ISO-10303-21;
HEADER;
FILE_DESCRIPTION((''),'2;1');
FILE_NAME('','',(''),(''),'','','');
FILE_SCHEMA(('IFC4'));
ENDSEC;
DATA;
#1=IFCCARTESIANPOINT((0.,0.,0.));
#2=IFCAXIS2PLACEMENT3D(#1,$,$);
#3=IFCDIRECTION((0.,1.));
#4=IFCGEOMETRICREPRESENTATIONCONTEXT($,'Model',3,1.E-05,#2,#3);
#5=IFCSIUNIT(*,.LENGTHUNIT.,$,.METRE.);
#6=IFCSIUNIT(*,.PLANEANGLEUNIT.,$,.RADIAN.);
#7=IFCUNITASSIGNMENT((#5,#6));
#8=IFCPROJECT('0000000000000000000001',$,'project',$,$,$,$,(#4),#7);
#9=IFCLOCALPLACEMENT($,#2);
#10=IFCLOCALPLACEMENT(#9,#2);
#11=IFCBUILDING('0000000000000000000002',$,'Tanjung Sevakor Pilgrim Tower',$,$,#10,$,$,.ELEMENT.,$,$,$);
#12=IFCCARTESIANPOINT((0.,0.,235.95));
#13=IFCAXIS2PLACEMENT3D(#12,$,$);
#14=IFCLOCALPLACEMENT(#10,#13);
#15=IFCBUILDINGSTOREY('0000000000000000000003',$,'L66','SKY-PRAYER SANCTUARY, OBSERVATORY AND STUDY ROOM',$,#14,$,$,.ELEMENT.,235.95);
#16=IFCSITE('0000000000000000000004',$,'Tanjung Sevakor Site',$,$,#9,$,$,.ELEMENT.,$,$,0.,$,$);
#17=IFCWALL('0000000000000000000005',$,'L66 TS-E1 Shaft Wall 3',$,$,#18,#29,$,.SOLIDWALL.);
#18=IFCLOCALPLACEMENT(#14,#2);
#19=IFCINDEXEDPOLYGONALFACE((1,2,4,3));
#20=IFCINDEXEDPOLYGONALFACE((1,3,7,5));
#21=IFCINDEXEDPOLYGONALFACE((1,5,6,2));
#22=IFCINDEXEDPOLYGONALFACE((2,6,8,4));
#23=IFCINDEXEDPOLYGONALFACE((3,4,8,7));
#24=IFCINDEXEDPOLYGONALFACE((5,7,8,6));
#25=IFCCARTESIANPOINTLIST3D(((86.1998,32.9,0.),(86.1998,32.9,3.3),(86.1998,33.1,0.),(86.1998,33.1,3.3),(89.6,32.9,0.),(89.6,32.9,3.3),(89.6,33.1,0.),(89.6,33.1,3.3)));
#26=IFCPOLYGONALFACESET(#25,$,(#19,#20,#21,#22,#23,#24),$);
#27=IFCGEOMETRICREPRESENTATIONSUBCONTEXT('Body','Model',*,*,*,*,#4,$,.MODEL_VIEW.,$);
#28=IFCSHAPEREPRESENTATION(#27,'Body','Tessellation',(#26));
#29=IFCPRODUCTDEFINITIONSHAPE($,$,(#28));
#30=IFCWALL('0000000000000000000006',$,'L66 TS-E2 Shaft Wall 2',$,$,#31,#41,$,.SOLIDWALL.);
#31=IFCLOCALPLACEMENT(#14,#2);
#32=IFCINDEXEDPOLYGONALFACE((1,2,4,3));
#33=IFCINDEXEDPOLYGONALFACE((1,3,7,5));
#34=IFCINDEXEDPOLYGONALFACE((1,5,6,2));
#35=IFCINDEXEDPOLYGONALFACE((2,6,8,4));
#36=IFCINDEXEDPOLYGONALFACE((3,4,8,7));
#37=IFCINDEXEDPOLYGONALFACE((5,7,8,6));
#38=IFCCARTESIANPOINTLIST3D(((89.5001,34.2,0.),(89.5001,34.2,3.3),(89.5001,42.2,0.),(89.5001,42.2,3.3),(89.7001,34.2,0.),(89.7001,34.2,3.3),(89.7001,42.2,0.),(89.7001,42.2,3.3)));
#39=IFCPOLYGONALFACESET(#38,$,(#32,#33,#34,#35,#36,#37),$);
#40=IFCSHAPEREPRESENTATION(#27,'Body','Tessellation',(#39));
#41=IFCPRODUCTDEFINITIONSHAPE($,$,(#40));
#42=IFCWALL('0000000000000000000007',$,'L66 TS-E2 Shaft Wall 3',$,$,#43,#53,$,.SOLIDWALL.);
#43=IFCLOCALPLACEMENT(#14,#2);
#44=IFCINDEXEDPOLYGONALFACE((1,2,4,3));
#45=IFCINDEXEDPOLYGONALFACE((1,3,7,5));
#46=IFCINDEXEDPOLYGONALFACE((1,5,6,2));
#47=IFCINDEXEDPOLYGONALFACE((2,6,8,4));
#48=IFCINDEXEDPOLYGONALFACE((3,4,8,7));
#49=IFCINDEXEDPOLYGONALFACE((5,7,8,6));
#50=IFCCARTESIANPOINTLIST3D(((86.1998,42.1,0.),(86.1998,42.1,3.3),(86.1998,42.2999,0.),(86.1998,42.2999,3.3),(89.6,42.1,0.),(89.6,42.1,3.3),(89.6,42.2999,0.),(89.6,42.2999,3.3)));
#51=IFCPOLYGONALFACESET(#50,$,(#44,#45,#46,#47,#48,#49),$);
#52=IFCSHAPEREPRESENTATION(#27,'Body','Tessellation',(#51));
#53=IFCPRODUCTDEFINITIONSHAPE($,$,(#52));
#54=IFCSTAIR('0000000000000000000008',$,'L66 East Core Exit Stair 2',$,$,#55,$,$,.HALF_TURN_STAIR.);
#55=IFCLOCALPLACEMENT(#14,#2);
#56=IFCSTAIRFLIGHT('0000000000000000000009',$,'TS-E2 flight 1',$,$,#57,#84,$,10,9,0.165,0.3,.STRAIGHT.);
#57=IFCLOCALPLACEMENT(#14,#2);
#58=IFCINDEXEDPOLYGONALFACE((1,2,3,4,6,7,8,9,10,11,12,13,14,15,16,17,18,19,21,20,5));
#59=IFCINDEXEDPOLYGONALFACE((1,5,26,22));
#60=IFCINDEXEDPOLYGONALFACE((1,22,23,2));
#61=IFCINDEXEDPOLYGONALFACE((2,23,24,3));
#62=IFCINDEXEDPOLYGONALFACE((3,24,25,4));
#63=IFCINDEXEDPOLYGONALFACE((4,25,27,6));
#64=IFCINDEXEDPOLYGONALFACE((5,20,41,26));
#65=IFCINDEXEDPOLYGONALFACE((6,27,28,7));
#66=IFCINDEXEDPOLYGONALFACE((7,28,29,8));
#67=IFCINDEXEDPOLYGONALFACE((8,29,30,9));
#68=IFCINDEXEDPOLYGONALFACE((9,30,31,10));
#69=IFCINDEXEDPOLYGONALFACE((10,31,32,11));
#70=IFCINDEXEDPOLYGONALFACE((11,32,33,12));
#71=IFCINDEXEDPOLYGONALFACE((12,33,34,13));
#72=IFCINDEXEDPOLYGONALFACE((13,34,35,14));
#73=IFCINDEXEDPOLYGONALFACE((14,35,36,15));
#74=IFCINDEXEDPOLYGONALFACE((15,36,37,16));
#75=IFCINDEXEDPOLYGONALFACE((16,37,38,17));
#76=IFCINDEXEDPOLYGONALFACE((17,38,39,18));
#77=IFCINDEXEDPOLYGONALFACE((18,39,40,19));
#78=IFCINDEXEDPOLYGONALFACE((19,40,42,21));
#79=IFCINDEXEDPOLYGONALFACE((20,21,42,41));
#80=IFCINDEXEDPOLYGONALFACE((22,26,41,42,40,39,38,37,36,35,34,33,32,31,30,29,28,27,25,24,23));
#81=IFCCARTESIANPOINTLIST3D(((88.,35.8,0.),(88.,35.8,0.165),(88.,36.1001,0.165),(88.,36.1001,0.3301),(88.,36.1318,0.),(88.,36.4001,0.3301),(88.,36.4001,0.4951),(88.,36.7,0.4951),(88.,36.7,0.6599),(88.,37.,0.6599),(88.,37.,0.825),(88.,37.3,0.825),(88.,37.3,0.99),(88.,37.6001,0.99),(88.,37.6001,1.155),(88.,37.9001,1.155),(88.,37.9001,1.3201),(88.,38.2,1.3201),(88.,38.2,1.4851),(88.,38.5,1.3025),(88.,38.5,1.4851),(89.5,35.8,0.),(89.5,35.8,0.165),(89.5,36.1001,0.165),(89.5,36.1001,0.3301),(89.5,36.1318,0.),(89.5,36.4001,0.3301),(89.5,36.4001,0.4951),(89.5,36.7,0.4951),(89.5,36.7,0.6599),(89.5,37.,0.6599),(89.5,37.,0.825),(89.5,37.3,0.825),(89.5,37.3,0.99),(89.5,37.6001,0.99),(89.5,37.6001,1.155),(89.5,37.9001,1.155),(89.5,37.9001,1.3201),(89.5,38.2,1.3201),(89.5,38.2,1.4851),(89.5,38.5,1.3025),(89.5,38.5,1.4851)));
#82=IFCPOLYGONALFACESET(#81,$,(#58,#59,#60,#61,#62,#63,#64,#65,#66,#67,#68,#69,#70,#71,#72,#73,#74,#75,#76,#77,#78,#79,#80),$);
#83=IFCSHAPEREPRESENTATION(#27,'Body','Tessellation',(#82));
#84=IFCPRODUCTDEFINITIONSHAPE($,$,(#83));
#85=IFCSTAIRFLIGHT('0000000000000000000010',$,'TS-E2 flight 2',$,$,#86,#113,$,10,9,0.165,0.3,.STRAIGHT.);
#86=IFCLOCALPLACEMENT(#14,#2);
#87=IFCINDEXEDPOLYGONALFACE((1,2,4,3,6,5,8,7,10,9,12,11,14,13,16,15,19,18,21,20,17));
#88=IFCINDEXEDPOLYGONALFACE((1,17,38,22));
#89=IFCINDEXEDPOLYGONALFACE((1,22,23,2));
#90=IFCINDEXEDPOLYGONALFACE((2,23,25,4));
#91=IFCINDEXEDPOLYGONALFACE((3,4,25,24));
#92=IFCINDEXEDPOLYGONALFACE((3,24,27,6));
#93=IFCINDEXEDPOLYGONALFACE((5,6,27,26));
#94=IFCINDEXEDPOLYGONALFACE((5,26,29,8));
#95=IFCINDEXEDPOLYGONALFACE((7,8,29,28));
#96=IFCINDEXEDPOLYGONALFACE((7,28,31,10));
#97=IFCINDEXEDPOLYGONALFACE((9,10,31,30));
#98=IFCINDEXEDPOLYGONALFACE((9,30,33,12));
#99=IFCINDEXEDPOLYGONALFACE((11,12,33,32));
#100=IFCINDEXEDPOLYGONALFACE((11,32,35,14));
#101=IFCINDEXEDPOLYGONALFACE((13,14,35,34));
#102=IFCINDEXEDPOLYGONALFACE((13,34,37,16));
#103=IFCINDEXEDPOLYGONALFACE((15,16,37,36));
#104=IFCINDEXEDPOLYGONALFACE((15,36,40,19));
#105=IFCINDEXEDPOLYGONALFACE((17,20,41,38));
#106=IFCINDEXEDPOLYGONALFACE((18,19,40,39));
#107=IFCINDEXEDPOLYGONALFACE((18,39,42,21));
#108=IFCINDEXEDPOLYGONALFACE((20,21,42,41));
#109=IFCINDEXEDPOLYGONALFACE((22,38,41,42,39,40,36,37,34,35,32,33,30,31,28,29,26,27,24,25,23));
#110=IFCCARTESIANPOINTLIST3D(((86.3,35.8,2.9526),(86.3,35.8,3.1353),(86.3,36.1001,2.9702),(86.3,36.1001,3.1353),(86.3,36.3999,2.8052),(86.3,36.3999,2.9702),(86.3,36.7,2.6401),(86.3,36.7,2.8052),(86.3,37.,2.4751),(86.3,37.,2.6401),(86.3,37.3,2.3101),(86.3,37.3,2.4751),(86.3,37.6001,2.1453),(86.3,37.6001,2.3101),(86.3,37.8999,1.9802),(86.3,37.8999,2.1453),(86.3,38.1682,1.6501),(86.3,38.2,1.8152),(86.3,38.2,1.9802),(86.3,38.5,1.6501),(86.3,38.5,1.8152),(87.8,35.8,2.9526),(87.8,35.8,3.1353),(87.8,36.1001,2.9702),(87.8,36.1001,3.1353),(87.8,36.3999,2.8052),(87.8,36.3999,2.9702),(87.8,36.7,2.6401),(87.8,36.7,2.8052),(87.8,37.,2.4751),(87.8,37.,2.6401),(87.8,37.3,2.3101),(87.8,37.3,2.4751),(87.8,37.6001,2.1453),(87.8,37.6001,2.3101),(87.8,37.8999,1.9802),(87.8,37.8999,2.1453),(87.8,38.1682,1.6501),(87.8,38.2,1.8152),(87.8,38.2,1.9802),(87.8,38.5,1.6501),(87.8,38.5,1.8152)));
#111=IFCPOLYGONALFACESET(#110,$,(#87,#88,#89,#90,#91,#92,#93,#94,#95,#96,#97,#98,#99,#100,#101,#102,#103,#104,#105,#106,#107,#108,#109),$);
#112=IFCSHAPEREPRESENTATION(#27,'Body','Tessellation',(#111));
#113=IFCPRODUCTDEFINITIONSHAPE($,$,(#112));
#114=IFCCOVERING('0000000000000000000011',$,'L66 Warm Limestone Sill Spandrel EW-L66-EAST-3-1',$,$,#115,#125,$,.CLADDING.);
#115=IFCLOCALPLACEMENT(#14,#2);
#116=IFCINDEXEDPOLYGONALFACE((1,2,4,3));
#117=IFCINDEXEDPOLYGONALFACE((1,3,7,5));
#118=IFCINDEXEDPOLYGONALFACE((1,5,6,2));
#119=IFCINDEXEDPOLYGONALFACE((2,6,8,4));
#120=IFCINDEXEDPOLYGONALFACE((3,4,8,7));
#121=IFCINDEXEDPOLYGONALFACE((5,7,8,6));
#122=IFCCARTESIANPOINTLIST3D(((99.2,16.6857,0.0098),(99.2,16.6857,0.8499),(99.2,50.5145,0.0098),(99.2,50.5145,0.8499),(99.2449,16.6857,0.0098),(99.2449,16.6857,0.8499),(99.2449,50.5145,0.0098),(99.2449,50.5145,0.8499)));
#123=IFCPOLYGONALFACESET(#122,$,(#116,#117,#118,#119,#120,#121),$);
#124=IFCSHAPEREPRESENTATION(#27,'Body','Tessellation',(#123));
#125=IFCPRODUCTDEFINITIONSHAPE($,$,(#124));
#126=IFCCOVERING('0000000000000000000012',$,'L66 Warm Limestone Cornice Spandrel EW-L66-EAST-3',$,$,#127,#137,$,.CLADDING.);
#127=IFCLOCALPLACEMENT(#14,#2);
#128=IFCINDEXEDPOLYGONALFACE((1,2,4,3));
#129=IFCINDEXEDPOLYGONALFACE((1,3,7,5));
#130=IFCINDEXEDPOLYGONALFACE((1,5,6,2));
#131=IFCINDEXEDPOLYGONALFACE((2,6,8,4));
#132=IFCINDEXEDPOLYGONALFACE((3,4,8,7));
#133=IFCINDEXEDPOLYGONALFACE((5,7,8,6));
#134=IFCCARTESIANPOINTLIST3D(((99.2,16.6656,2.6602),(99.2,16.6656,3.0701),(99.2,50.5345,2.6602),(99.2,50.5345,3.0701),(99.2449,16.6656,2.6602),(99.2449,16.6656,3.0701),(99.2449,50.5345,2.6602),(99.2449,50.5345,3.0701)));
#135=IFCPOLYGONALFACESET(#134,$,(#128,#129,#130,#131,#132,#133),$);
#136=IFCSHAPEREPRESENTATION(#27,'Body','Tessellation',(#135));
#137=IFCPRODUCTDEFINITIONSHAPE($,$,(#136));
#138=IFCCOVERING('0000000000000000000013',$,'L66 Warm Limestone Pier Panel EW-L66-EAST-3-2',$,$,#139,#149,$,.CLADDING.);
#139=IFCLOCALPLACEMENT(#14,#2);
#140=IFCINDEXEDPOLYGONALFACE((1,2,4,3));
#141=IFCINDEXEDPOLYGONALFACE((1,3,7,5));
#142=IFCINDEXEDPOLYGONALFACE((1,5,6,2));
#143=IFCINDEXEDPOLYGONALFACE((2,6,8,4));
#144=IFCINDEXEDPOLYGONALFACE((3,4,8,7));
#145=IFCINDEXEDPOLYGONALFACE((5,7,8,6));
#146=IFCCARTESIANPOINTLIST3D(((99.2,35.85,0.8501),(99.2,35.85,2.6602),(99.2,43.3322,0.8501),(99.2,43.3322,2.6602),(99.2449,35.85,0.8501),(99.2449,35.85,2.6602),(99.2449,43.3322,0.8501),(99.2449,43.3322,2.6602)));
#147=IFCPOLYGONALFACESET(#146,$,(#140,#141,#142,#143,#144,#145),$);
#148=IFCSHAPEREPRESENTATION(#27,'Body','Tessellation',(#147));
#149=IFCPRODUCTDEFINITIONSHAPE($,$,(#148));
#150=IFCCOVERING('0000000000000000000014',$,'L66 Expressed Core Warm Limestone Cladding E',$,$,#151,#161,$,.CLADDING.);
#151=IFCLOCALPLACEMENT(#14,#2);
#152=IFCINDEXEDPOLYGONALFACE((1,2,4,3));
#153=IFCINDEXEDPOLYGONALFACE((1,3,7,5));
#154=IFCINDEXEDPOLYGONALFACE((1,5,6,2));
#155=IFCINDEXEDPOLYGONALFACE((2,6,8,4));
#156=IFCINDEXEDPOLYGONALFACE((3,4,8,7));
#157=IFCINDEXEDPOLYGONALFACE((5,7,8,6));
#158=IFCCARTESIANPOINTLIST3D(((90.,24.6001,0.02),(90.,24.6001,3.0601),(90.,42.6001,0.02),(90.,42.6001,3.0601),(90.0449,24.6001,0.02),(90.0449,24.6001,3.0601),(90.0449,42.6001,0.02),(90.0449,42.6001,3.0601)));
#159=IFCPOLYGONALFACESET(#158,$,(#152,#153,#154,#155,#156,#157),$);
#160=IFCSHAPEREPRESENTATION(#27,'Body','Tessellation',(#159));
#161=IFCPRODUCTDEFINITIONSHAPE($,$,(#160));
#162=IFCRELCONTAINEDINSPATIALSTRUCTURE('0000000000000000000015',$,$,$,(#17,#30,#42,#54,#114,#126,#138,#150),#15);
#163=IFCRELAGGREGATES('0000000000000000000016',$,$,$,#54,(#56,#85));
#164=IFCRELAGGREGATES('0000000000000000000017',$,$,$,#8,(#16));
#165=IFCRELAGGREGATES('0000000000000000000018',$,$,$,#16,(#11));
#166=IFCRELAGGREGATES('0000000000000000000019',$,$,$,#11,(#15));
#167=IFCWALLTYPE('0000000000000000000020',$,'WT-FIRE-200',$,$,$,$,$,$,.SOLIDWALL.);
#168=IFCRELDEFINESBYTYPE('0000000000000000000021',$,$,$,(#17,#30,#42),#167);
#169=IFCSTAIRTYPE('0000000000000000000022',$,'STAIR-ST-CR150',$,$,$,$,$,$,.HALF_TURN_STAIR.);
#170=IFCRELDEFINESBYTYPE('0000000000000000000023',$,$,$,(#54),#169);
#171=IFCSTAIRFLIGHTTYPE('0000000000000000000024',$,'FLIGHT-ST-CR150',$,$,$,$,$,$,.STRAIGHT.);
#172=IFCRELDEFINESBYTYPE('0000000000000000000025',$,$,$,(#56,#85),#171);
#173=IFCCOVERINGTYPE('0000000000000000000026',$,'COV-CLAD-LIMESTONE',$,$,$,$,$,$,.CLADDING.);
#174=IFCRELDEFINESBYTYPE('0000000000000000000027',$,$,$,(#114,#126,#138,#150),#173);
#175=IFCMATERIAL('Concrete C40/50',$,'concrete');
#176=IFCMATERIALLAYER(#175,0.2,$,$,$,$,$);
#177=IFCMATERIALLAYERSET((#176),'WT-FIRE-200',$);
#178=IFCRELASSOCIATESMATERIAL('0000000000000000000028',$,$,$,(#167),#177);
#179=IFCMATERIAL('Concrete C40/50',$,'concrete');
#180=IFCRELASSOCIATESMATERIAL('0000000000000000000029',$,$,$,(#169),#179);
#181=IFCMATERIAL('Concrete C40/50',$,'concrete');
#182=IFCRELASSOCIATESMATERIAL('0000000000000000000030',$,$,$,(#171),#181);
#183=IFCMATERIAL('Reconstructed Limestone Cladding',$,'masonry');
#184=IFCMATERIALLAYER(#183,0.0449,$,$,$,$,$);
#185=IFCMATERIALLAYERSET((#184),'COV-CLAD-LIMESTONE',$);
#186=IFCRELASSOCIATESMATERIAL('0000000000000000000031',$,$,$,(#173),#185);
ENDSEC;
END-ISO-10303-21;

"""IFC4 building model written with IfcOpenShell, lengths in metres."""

from ifc_helpers import new_model, si_unit, direction, frame, frame_2d, origin, origin_2d, place, context, subcontext, project, spatial, polyline, rectangle, outline, extrude, material, layer, layer_set, type_object, element, aggregate, save


model = new_model("IFC4")

# Units and contexts
model_context = context("Model", 3, precision=1e-05, world=origin(), true_north=direction((0.0, 1.0)))
body_context = subcontext(model_context, "Body", "Model", "MODEL_VIEW")
ifc_project = project(units=[si_unit("LENGTHUNIT", "METRE"), si_unit("PLANEANGLEUNIT", "RADIAN")], contexts=[model_context])

# Site, building, storey
site_placement = place(None, origin())
site = spatial("IfcSite", under=ifc_project, at=site_placement, Name="Tanjung Sevakor Site", CompositionType="ELEMENT", RefElevation=0.0)
building_placement = place(site_placement, origin())
building = spatial("IfcBuilding", under=site, at=building_placement, Name="Tanjung Sevakor Pilgrim Tower", CompositionType="ELEMENT")
storey_placement = place(building_placement, frame((0.0, 0.0, 235.95)))
storey = spatial("IfcBuildingStorey", under=building, at=storey_placement, Name="L66", Description="SKY-PRAYER SANCTUARY, OBSERVATORY AND STUDY ROOM", CompositionType="ELEMENT", Elevation=235.95)

# Walls
ifc_material_1 = material(Name="Concrete C40/50", Category="concrete")
ifc_layer_1 = layer(ifc_material_1, 0.2)
ifc_layer_set_1 = layer_set([ifc_layer_1], Name="WT-FIRE-200")
wall_type_1 = type_object("IfcWallType", Name="WT-FIRE-200", PredefinedType="SOLIDWALL", material=ifc_layer_set_1)
wall_1_placement = place(storey_placement, frame((89.6001, 33.0, 0.0), z_axis=(0.0, 0.0, 1.0), x_axis=(-1.0, 0.0, 0.0)))
element("IfcWall", 1, at=wall_1_placement, inside=storey, type_object=wall_type_1, Name="L66 TS-E1 Shaft Wall 3", PredefinedType="SOLIDWALL", context=body_context, shape_type="SweptSolid", body=[
    extrude(rectangle(XDim=3.4001, YDim=0.2, at=frame_2d((1.7002, 0.0))), origin(), (0.0, 0.0, 1.0), 3.3),
])
wall_2_placement = place(storey_placement, frame((89.6001, 34.2, 0.0), z_axis=(0.0, 0.0, 1.0), x_axis=(0.0, 1.0, 0.0)))
element("IfcWall", 2, at=wall_2_placement, inside=storey, type_object=wall_type_1, Name="L66 TS-E2 Shaft Wall 2", PredefinedType="SOLIDWALL", context=body_context, shape_type="SweptSolid", body=[
    extrude(rectangle(XDim=8.0, YDim=0.2, at=frame_2d((4.0, 0.0))), origin(), (0.0, 0.0, 1.0), 3.3),
])
wall_3_placement = place(storey_placement, frame((89.6001, 42.2, 0.0), z_axis=(0.0, 0.0, 1.0), x_axis=(-1.0, 0.0, 0.0)))
element("IfcWall", 3, at=wall_3_placement, inside=storey, type_object=wall_type_1, Name="L66 TS-E2 Shaft Wall 3", PredefinedType="SOLIDWALL", context=body_context, shape_type="SweptSolid", body=[
    extrude(rectangle(XDim=3.4001, YDim=0.2, at=frame_2d((1.7002, 0.0))), origin(), (0.0, 0.0, 1.0), 3.3),
])

# Stair, stair flights
ifc_material_2 = material(Name="Concrete C40/50", Category="concrete")
stair_type = type_object("IfcStairType", Name="STAIR-ST-CR150", PredefinedType="HALF_TURN_STAIR", material=ifc_material_2)
stair_placement = place(storey_placement, origin())
stair = element("IfcStair", 4, at=stair_placement, inside=storey, type_object=stair_type, Name="L66 East Core Exit Stair 2", PredefinedType="HALF_TURN_STAIR")
ifc_material_3 = material(Name="Concrete C40/50", Category="concrete")
stair_flight_type = type_object("IfcStairFlightType", Name="FLIGHT-ST-CR150", PredefinedType="STRAIGHT", material=ifc_material_3)
stair_flight_1_placement = place(storey_placement, frame((88.75, 35.8, 0.0), z_axis=(0.0, 0.0, 1.0), x_axis=(0.0, 1.0, 0.0)))
stair_flight_1 = element("IfcStairFlight", 5, at=stair_flight_1_placement, type_object=stair_flight_type, Name="TS-E2 flight 1", NumberOfRisers=10, NumberOfTreads=9, PredefinedType="STRAIGHT", RiserHeight=0.165, TreadLength=0.3, context=body_context, shape_type="SweptSolid", body=[
    extrude(outline(polyline([(0.0, 0.0), (0.0, 0.165), (0.3, 0.165), (0.3, 0.3301), (0.6001, 0.3301), (0.6001, 0.4951), (0.8999, 0.4951), (0.8999, 0.6599), (1.2, 0.6599), (1.2, 0.825), (1.5, 0.825), (1.5, 0.99), (1.8, 0.99), (1.8, 1.155), (2.1001, 1.155), (2.1001, 1.3201), (2.3999, 1.3201), (2.3999, 1.4851), (2.7, 1.4851), (2.7, 1.6499), (2.7, 1.3025), (0.3318, 0.0), (0.0, 0.0)])), frame((0.0, 0.75, 0.0), z_axis=(0.0, -1.0, 0.0), x_axis=(1.0, 0.0, 0.0)), (0.0, 0.0, 1.0), 1.5),
])
stair_flight_2_placement = place(storey_placement, frame((87.05, 38.5, 1.6501), z_axis=(0.0, 0.0, 1.0), x_axis=(0.0, -1.0, 0.0)))
stair_flight_2 = element("IfcStairFlight", 6, at=stair_flight_2_placement, type_object=stair_flight_type, Name="TS-E2 flight 2", NumberOfRisers=10, NumberOfTreads=9, PredefinedType="STRAIGHT", RiserHeight=0.165, TreadLength=0.3, context=body_context, shape_type="SweptSolid", body=[
    extrude(outline(polyline([(0.0, 0.0), (0.0, 0.165), (0.3, 0.165), (0.3, 0.3301), (0.6001, 0.3301), (0.6001, 0.4951), (0.8999, 0.4951), (0.8999, 0.6599), (1.2, 0.6599), (1.2, 0.825), (1.5, 0.825), (1.5, 0.99), (1.8, 0.99), (1.8, 1.155), (2.1001, 1.155), (2.1001, 1.3201), (2.3999, 1.3201), (2.3999, 1.4851), (2.7, 1.4851), (2.7, 1.6499), (2.7, 1.3025), (0.3318, 0.0), (0.0, 0.0)])), frame((0.0, 0.75, 0.0), z_axis=(0.0, -1.0, 0.0), x_axis=(1.0, 0.0, 0.0)), (0.0, 0.0, 1.0), 1.5),
])
aggregate(stair, [stair_flight_1, stair_flight_2])

# Coverings
ifc_material_4 = material(Name="Reconstructed Limestone Cladding", Category="masonry")
ifc_layer_2 = layer(ifc_material_4, 0.0449)
ifc_layer_set_2 = layer_set([ifc_layer_2], Name="COV-CLAD-LIMESTONE")
covering_type = type_object("IfcCoveringType", Name="COV-CLAD-LIMESTONE", PredefinedType="CLADDING", material=ifc_layer_set_2)
covering_1_placement = place(storey_placement, frame((99.2224, 33.6001, 0.0098), z_axis=(0.0, 0.0, 1.0), x_axis=(0.0, 1.0, 0.0)))
element("IfcCovering", 7, at=covering_1_placement, inside=storey, type_object=covering_type, Name="L66 Warm Limestone Sill Spandrel EW-L66-EAST-3-1", PredefinedType="CLADDING", context=body_context, shape_type="SweptSolid", body=[
    extrude(rectangle(XDim=33.8289, YDim=0.0449, at=origin_2d()), origin(), (0.0, 0.0, 1.0), 0.8401),
])
covering_2_placement = place(storey_placement, frame((99.2224, 33.6001, 2.6602), z_axis=(0.0, 0.0, 1.0), x_axis=(0.0, 1.0, 0.0)))
element("IfcCovering", 8, at=covering_2_placement, inside=storey, type_object=covering_type, Name="L66 Warm Limestone Cornice Spandrel EW-L66-EAST-3", PredefinedType="CLADDING", context=body_context, shape_type="SweptSolid", body=[
    extrude(rectangle(XDim=33.8689, YDim=0.0449, at=origin_2d()), origin(), (0.0, 0.0, 1.0), 0.4099),
])
covering_3_placement = place(storey_placement, frame((99.2224, 39.5911, 0.8501), z_axis=(0.0, 0.0, 1.0), x_axis=(0.0, 1.0, 0.0)))
element("IfcCovering", 9, at=covering_3_placement, inside=storey, type_object=covering_type, Name="L66 Warm Limestone Pier Panel EW-L66-EAST-3-2", PredefinedType="CLADDING", context=body_context, shape_type="SweptSolid", body=[
    extrude(rectangle(XDim=7.4822, YDim=0.0449, at=origin_2d()), origin(), (0.0, 0.0, 1.0), 1.8101),
])
covering_4_placement = place(storey_placement, frame((90.0225, 33.6001, 0.02), z_axis=(0.0, 0.0, 1.0), x_axis=(1.0, 0.0, 0.0)))
element("IfcCovering", 10, at=covering_4_placement, inside=storey, type_object=covering_type, Name="L66 Expressed Core Warm Limestone Cladding E", PredefinedType="CLADDING", context=body_context, shape_type="SweptSolid", body=[
    extrude(rectangle(XDim=0.0449, YDim=18.0, at=origin_2d()), origin(), (0.0, 0.0, 1.0), 3.04),
])

save(model, "model.ifc")
